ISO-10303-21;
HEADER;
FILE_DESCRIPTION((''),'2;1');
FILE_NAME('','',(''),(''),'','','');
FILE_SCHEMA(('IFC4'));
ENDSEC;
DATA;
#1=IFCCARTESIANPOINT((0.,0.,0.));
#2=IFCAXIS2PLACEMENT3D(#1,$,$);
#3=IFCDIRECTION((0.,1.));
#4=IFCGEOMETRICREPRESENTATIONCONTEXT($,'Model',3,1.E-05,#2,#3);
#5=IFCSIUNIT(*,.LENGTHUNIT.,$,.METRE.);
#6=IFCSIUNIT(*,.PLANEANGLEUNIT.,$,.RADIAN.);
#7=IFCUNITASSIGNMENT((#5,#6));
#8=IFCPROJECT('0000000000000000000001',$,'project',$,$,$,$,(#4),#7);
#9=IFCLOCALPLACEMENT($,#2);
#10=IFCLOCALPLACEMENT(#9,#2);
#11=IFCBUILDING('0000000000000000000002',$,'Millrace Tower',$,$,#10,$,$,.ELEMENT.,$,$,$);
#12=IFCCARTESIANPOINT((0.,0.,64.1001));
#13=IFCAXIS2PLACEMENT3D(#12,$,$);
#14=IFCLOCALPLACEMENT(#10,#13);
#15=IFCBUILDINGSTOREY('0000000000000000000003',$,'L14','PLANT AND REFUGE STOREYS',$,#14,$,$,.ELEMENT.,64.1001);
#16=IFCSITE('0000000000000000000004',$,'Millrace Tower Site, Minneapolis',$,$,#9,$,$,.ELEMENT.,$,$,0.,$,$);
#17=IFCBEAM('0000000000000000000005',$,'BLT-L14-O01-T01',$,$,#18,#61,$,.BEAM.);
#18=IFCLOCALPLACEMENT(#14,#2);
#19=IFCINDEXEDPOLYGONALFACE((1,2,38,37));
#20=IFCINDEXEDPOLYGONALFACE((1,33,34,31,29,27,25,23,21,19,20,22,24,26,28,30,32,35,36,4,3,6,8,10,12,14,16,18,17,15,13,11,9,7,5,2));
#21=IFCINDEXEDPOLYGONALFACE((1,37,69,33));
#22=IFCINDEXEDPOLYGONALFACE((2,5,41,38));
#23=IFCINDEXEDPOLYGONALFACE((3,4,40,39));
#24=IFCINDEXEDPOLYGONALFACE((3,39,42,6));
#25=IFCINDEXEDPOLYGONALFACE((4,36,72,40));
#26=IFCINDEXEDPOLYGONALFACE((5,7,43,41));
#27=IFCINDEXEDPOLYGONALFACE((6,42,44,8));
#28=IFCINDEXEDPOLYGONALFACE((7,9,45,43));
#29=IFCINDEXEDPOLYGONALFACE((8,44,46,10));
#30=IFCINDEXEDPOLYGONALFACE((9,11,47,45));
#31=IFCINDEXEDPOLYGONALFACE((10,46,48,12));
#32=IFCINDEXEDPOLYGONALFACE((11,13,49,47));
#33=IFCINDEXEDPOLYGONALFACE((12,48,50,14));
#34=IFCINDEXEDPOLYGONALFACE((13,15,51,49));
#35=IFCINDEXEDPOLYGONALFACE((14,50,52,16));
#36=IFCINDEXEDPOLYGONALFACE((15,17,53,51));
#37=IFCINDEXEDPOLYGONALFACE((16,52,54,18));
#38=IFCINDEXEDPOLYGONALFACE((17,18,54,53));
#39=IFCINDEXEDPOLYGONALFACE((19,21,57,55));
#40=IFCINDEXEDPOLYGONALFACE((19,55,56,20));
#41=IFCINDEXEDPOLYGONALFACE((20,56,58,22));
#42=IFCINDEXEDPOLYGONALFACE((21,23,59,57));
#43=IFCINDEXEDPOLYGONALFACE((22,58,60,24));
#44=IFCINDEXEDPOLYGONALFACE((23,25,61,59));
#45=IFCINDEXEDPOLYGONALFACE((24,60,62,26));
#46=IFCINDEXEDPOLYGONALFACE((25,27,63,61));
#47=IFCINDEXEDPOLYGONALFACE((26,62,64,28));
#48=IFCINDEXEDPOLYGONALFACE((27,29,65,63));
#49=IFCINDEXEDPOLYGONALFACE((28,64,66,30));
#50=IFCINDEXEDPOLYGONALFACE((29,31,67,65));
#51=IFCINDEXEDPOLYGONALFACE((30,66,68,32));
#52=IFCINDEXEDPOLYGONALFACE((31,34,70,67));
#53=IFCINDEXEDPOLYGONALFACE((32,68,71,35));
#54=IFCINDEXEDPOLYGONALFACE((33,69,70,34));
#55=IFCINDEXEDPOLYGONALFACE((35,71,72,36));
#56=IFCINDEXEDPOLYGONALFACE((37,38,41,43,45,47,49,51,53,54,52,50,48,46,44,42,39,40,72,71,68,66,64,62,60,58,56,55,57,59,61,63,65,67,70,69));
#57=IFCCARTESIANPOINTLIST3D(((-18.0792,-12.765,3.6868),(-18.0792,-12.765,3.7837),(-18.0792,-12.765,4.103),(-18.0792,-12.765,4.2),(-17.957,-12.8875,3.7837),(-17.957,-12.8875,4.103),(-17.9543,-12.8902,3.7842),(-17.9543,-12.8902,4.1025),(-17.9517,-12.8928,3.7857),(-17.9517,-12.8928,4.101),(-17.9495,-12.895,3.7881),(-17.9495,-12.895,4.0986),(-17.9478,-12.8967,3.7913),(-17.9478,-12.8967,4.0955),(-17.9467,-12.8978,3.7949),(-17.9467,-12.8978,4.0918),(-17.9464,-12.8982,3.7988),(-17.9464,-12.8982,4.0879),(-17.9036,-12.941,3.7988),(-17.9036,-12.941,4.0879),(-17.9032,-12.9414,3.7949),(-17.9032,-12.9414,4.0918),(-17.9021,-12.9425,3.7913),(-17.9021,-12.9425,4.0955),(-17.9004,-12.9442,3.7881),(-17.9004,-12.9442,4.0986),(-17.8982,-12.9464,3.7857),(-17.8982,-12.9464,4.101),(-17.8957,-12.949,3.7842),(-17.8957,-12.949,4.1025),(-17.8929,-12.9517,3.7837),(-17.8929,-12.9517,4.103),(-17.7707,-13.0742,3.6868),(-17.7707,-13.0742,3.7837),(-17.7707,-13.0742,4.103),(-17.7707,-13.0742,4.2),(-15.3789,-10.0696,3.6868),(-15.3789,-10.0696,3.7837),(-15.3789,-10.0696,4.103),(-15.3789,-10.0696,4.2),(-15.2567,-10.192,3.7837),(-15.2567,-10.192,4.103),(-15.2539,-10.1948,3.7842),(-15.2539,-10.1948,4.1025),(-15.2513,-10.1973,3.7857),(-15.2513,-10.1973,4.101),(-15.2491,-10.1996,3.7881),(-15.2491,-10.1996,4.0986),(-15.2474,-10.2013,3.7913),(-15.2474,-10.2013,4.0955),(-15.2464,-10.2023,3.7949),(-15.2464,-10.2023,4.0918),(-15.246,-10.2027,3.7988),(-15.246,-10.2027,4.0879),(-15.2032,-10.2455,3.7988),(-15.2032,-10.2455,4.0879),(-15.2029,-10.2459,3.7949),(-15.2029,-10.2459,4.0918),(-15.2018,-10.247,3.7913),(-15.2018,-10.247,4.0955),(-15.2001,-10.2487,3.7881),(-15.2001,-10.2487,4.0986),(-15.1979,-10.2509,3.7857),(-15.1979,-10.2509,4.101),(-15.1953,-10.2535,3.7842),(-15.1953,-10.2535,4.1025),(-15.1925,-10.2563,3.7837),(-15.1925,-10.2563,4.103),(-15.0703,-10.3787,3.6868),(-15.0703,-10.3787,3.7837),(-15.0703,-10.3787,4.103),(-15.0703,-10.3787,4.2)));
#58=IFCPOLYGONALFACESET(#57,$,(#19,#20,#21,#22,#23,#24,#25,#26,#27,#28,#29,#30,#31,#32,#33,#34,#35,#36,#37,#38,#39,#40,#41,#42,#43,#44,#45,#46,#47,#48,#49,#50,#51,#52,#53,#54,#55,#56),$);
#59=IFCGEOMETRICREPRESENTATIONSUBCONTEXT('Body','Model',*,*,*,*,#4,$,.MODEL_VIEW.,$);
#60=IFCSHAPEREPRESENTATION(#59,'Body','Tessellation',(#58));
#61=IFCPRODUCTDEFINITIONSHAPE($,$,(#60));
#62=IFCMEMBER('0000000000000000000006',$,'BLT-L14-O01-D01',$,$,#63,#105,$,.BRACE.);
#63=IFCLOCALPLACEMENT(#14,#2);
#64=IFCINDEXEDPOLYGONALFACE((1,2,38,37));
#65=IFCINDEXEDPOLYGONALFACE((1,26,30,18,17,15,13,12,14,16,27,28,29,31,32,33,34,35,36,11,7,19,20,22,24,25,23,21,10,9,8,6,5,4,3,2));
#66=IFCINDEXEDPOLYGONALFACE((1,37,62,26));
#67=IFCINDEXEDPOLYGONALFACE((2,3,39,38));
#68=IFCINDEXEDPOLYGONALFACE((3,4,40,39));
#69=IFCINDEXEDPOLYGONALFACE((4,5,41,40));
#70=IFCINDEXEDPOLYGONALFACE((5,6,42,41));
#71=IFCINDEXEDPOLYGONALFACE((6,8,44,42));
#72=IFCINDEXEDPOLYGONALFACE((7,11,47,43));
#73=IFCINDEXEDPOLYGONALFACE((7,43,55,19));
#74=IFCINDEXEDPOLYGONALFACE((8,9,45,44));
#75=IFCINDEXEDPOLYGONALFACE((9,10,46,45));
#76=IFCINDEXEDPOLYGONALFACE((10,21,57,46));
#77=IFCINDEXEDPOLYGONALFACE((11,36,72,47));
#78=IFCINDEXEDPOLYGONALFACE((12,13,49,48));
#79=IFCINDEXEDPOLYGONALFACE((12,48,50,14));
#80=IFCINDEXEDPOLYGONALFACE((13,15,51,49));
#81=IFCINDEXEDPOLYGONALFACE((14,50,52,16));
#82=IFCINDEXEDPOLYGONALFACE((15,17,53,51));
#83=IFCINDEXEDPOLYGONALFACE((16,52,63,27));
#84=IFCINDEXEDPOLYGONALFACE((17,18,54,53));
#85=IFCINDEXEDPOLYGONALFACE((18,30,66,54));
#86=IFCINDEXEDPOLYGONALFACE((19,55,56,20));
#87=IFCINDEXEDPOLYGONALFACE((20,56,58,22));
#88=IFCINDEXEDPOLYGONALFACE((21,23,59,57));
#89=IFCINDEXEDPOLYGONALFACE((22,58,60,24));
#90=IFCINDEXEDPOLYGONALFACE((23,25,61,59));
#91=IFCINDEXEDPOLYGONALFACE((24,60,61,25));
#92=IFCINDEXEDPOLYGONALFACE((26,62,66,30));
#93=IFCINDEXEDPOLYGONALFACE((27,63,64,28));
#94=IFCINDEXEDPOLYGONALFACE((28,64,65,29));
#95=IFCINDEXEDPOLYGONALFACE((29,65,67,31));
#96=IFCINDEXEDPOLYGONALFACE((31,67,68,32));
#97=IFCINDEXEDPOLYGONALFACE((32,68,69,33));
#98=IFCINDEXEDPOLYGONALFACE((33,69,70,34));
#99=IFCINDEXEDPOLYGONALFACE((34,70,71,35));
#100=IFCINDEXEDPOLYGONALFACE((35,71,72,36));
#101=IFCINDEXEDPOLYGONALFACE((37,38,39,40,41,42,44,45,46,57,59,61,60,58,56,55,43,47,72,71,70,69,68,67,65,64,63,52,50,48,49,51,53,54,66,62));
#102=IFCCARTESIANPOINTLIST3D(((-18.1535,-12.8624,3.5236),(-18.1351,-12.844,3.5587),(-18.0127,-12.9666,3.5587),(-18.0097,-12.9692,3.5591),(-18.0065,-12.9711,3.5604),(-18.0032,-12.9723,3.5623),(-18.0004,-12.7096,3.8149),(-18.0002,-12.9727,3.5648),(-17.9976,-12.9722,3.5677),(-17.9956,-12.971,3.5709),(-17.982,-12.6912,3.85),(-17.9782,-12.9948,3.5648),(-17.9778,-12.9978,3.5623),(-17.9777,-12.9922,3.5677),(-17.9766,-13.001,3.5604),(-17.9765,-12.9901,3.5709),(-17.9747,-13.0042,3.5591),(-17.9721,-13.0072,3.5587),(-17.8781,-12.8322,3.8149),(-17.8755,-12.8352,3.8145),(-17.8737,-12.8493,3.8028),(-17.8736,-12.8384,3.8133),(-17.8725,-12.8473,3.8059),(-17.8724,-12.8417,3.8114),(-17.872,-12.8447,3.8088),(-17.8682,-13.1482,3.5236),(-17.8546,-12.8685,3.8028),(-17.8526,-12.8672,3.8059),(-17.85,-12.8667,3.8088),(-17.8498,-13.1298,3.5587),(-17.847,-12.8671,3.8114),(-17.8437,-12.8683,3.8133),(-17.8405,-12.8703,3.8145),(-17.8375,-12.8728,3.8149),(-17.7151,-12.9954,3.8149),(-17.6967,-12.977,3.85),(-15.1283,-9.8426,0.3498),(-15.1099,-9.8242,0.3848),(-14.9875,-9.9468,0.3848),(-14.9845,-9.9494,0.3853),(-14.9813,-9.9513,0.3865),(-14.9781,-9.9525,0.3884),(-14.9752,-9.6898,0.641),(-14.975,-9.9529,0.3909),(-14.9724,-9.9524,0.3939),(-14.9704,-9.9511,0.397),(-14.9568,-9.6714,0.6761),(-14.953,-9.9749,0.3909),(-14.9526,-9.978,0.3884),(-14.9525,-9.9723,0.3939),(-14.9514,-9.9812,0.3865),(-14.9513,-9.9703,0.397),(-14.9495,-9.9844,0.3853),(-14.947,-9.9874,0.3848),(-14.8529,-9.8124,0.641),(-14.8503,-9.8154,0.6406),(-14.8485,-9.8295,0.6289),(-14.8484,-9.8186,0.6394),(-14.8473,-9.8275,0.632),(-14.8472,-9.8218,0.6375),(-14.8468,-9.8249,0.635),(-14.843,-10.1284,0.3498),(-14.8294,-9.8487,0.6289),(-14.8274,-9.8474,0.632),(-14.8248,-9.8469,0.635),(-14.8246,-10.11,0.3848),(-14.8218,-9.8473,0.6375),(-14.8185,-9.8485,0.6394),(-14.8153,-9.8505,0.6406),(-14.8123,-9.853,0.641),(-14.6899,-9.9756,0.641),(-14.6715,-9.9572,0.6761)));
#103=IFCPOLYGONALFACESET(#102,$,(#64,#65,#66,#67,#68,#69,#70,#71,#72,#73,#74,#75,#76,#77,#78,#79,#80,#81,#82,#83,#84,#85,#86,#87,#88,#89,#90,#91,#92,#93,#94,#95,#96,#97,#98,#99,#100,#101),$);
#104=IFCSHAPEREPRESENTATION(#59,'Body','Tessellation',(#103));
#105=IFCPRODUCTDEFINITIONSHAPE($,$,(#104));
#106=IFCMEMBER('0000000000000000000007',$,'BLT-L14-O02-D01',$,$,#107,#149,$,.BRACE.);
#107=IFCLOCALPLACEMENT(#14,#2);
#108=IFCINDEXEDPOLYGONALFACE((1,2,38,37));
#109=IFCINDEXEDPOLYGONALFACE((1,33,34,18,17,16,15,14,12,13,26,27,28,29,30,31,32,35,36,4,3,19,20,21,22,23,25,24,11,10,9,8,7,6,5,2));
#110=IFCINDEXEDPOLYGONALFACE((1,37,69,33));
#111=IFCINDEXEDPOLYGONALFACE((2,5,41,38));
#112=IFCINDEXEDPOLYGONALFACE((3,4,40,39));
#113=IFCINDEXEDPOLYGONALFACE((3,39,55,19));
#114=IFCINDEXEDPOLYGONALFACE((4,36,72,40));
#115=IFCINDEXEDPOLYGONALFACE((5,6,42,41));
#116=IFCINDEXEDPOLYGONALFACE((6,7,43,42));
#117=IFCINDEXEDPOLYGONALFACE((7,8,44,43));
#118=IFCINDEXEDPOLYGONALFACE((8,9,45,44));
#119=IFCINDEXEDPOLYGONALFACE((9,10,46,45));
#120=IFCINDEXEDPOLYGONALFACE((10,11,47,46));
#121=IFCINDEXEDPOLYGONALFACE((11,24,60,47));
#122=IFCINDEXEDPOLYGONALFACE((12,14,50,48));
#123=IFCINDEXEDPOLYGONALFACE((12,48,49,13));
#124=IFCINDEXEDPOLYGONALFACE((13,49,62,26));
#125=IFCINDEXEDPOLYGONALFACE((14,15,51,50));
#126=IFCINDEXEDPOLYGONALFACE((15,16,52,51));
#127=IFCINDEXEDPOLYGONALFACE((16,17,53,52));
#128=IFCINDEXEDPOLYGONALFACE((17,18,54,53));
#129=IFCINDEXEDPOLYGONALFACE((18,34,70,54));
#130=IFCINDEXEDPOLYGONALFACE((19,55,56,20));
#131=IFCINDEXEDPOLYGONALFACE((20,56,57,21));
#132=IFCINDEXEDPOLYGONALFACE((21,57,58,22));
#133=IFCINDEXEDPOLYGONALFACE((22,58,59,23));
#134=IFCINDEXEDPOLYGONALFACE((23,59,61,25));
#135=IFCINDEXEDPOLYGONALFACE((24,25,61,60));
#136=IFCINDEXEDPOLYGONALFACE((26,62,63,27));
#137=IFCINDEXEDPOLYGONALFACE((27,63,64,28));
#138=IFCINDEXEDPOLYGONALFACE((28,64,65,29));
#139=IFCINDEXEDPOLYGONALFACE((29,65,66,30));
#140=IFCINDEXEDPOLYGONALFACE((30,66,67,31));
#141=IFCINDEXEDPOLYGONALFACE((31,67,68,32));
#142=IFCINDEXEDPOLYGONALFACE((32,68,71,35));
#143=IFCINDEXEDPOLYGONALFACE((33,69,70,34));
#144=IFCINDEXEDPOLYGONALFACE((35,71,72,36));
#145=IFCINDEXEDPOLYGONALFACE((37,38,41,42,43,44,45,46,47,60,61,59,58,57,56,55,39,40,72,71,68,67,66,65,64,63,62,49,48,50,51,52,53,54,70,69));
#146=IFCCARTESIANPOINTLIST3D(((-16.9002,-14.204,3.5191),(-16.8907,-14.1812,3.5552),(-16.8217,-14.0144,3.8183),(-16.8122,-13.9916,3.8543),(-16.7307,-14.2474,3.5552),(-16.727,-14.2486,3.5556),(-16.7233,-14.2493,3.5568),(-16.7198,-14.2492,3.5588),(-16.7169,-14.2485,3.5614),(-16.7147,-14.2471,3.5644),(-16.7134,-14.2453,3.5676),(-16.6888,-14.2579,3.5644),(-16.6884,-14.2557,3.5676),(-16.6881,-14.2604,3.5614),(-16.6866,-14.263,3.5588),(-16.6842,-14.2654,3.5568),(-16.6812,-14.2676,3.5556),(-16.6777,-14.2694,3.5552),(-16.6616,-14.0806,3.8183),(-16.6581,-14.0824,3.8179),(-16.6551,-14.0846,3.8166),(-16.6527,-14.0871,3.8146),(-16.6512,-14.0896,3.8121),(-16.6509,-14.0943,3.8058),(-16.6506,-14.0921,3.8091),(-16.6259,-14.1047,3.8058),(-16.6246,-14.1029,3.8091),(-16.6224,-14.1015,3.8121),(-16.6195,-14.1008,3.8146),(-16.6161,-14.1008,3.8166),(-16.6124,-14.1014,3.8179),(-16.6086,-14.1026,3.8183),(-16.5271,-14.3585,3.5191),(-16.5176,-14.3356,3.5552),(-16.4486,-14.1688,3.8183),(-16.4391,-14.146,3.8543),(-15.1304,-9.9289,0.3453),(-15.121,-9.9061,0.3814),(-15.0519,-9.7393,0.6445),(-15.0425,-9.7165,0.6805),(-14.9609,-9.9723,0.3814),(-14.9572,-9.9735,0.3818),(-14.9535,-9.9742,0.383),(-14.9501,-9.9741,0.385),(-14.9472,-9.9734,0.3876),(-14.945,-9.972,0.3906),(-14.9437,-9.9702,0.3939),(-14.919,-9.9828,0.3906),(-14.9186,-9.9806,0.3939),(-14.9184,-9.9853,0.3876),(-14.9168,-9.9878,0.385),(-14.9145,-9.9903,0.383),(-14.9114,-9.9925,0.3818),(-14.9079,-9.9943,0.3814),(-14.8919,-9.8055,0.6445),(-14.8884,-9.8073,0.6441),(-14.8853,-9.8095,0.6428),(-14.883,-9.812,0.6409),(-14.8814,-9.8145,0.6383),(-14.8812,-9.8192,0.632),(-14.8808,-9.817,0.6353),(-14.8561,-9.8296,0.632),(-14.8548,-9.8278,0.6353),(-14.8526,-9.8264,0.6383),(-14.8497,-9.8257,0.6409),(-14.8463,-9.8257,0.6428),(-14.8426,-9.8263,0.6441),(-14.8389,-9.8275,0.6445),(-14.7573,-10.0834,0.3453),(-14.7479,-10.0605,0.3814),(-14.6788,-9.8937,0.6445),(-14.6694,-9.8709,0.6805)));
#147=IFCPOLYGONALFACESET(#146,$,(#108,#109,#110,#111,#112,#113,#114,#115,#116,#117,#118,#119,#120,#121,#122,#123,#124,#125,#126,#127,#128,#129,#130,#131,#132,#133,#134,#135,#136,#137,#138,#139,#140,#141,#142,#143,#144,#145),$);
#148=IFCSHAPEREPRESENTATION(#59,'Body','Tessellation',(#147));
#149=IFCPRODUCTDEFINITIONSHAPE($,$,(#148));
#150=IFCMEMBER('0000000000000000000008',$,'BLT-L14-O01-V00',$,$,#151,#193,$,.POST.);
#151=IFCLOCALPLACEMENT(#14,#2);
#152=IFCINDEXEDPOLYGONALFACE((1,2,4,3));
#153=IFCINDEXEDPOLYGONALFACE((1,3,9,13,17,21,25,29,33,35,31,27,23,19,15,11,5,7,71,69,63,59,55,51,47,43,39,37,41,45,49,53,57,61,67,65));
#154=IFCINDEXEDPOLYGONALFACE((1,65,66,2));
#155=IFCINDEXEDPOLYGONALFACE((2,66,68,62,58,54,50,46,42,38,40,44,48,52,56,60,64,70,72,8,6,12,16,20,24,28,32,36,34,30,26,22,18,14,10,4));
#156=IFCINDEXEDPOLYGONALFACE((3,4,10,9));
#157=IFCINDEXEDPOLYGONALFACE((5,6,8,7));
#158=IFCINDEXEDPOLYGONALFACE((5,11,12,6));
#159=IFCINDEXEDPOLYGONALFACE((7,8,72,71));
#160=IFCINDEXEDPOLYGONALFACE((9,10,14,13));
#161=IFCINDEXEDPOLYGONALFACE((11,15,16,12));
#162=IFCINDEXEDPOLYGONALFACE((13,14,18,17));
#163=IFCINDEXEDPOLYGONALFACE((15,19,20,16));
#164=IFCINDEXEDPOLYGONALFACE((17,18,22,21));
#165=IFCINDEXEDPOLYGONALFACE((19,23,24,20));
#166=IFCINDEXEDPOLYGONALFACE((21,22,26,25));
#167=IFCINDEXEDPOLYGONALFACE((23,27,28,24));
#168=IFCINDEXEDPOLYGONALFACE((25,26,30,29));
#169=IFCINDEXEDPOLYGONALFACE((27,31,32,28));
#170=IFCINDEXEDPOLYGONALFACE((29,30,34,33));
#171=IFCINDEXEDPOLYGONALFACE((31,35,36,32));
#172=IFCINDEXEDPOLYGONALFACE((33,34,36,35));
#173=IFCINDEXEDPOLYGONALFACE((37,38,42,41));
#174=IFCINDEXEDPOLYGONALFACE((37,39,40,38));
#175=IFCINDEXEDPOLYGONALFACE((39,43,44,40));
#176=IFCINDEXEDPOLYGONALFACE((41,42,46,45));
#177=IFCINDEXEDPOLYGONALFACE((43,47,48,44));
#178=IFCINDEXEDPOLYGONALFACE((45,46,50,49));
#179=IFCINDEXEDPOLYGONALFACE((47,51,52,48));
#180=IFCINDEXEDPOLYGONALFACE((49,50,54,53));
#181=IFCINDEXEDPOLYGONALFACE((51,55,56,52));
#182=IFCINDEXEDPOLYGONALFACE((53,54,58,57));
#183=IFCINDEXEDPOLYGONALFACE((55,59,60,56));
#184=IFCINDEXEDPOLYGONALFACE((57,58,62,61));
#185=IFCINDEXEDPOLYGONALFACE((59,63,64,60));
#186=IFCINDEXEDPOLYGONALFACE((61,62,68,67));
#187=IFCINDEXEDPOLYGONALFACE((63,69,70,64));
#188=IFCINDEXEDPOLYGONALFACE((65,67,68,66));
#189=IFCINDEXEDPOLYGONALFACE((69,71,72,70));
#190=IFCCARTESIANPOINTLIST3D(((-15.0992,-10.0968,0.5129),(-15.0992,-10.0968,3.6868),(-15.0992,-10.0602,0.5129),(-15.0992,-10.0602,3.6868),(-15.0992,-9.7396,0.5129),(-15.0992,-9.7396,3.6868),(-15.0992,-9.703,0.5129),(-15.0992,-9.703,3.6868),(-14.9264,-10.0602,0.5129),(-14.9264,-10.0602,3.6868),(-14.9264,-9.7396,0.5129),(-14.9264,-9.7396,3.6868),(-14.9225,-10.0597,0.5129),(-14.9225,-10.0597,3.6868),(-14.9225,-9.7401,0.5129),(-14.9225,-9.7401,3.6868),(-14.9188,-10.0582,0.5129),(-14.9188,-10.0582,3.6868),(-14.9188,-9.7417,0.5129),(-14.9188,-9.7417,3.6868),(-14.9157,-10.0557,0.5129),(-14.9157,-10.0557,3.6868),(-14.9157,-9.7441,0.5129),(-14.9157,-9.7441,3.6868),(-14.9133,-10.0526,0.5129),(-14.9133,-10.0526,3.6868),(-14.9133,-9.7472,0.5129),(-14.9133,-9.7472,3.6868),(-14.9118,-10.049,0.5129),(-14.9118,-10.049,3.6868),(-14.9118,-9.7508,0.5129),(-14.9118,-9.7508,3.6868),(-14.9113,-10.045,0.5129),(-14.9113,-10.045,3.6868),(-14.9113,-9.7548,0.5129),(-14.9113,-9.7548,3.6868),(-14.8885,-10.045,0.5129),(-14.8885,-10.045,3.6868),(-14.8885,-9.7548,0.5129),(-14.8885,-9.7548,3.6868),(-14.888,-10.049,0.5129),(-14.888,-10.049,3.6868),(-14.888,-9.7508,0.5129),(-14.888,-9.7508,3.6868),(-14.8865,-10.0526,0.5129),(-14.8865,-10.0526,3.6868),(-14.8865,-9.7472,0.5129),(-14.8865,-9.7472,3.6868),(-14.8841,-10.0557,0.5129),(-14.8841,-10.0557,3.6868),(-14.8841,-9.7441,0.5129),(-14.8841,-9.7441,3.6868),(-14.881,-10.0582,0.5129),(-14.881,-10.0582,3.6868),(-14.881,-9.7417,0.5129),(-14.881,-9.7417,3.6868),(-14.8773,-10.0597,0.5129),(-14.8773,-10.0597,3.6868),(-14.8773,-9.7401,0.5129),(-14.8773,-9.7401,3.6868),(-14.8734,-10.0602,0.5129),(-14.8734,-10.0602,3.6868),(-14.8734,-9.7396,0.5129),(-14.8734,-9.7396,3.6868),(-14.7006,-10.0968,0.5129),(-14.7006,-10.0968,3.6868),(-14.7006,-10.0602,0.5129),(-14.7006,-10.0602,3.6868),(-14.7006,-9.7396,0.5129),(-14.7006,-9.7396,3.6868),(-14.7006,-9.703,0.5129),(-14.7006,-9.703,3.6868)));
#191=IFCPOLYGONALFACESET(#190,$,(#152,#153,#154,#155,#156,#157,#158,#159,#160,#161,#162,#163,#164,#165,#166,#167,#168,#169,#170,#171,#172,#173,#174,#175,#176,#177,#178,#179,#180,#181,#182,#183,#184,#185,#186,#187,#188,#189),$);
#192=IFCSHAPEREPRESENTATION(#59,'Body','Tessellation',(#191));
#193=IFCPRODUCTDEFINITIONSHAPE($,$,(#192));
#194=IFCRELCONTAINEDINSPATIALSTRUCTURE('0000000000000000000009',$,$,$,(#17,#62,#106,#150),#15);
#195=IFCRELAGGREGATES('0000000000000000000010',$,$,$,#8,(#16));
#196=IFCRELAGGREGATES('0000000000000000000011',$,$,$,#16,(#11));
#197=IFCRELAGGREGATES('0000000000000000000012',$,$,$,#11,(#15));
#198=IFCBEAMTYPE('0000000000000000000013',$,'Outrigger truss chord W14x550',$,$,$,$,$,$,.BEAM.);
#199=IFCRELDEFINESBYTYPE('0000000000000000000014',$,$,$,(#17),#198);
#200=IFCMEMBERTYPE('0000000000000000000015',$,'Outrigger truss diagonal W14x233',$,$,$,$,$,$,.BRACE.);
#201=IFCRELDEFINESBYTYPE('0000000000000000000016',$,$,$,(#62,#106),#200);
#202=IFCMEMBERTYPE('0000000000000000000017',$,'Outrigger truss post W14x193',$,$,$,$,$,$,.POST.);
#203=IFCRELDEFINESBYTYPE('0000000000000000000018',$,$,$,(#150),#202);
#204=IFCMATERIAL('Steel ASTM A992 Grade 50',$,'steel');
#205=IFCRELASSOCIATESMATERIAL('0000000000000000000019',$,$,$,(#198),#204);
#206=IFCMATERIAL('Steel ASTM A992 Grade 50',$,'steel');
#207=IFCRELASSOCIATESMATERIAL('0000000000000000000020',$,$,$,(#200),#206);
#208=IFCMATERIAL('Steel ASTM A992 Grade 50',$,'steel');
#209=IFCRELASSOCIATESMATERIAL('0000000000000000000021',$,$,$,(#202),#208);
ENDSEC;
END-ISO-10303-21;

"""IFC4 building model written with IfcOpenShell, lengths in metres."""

from ifc_helpers import new_model, si_unit, direction, frame, origin, origin_2d, place, context, subcontext, project, spatial, i_section, extrude, material, material_profile, profile_set, type_object, element, save


model = new_model("IFC4")

# Units and contexts
model_context = context("Model", 3, precision=1e-05, world=origin(), true_north=direction((0.0, 1.0)))
body_context = subcontext(model_context, "Body", "Model", "MODEL_VIEW")
ifc_project = project(units=[si_unit("LENGTHUNIT", "METRE"), si_unit("PLANEANGLEUNIT", "RADIAN")], contexts=[model_context])

# Site, building, storey
site_placement = place(None, origin())
site = spatial("IfcSite", under=ifc_project, at=site_placement, Name="Millrace Tower Site, Minneapolis", CompositionType="ELEMENT", RefElevation=0.0)
building_placement = place(site_placement, origin())
building = spatial("IfcBuilding", under=site, at=building_placement, Name="Millrace Tower", CompositionType="ELEMENT")
storey_placement = place(building_placement, frame((0.0, 0.0, 64.1001)))
storey = spatial("IfcBuildingStorey", under=building, at=storey_placement, Name="L14", Description="PLANT AND REFUGE STOREYS", CompositionType="ELEMENT", Elevation=64.1001)

# Beam
ifc_material_1 = material(Name="Steel ASTM A992 Grade 50", Category="steel")
ifc_material_profile_1 = material_profile(ifc_material_1, i_section(OverallWidth=0.4368, OverallDepth=0.5132, WebThickness=0.0605, FlangeThickness=0.0969, FilletRadius=0.0151, at=origin_2d()))
ifc_profile_set_1 = profile_set([ifc_material_profile_1], Name="Steel ASTM A992 Grade 50")
beam_type = type_object("IfcBeamType", Name="Outrigger truss chord W14x550", PredefinedType="BEAM", material=ifc_profile_set_1)
beam_1_placement = place(storey_placement, frame((-15.2246, -10.2241, 3.9434), z_axis=(-0.707746, -0.706467, 0.0), x_axis=(0.706467, -0.707746, 0.0)))
element("IfcBeam", 1, at=beam_1_placement, inside=storey, type_object=beam_type, Name="BLT-L14-O01-T01", PredefinedType="BEAM", context=body_context, shape_type="SweptSolid", body=[
    extrude(i_section(OverallWidth=0.4368, OverallDepth=0.5132, WebThickness=0.0605, FlangeThickness=0.0969, FilletRadius=0.0151, at=origin_2d()), origin(), (0.0, 0.0, 1.0), 3.8154),
])

# Members
ifc_material_2 = material(Name="Steel ASTM A992 Grade 50", Category="steel")
ifc_material_profile_2 = material_profile(ifc_material_2, i_section(OverallWidth=0.4038, OverallDepth=0.4065, WebThickness=0.0271, FlangeThickness=0.0437, FilletRadius=0.0151, at=origin_2d()))
ifc_profile_set_2 = profile_set([ifc_material_profile_2], Name="Steel ASTM A992 Grade 50")
member_type_1 = type_object("IfcMemberType", Name="Outrigger truss diagonal W14x233", PredefinedType="BRACE", material=ifc_profile_set_2)
member_1_placement = place(storey_placement, frame((-14.8999, -9.8999, 0.5129), z_axis=(-0.568222, -0.567213, 0.596149), x_axis=(0.706478, -0.707735, 0.0)))
element("IfcMember", 2, at=member_1_placement, inside=storey, type_object=member_type_1, Name="BLT-L14-O01-D01", PredefinedType="BRACE", context=body_context, shape_type="SweptSolid", body=[
    extrude(i_section(OverallWidth=0.4038, OverallDepth=0.4065, WebThickness=0.0271, FlangeThickness=0.0437, FilletRadius=0.0151, at=origin_2d()), origin(), (0.0, 0.0, 1.0), 5.324),
])
member_2_placement = place(storey_placement, frame((-14.8999, -9.8999, 0.5129), z_axis=(-0.315418, -0.761936, 0.565654), x_axis=(0.92396, -0.38249, 0.0)))
element("IfcMember", 3, at=member_2_placement, inside=storey, type_object=member_type_1, Name="BLT-L14-O02-D01", PredefinedType="BRACE", context=body_context, shape_type="SweptSolid", body=[
    extrude(i_section(OverallWidth=0.4038, OverallDepth=0.4065, WebThickness=0.0271, FlangeThickness=0.0437, FilletRadius=0.0151, at=origin_2d()), origin(), (0.0, 0.0, 1.0), 5.6108),
])
ifc_material_3 = material(Name="Steel ASTM A992 Grade 50", Category="steel")
ifc_material_profile_3 = material_profile(ifc_material_3, i_section(OverallWidth=0.3987, OverallDepth=0.3938, WebThickness=0.0227, FlangeThickness=0.0366, FilletRadius=0.0151, at=origin_2d()))
ifc_profile_set_3 = profile_set([ifc_material_profile_3], Name="Steel ASTM A992 Grade 50")
member_type_2 = type_object("IfcMemberType", Name="Outrigger truss post W14x193", PredefinedType="POST", material=ifc_profile_set_3)
for number, where, z_axis, x_axis, name in (
    (4, (-14.8999, -9.8999, 0.5129), (0.0, 0.0, 1.0), (1.0, 0.0, 0.0), "BLT-L14-O01-V00"),
):
    element("IfcMember", number, at=place(storey_placement, frame(where, z_axis=z_axis, x_axis=x_axis)), inside=storey, type_object=member_type_2, Name=name, PredefinedType="POST", context=body_context, shape_type="SweptSolid", body=[
        extrude(i_section(OverallWidth=0.3987, OverallDepth=0.3938, WebThickness=0.0227, FlangeThickness=0.0366, FilletRadius=0.0151, at=origin_2d()), origin(), (0.0, 0.0, 1.0), 3.1738),
    ])

save(model, "model.ifc")
